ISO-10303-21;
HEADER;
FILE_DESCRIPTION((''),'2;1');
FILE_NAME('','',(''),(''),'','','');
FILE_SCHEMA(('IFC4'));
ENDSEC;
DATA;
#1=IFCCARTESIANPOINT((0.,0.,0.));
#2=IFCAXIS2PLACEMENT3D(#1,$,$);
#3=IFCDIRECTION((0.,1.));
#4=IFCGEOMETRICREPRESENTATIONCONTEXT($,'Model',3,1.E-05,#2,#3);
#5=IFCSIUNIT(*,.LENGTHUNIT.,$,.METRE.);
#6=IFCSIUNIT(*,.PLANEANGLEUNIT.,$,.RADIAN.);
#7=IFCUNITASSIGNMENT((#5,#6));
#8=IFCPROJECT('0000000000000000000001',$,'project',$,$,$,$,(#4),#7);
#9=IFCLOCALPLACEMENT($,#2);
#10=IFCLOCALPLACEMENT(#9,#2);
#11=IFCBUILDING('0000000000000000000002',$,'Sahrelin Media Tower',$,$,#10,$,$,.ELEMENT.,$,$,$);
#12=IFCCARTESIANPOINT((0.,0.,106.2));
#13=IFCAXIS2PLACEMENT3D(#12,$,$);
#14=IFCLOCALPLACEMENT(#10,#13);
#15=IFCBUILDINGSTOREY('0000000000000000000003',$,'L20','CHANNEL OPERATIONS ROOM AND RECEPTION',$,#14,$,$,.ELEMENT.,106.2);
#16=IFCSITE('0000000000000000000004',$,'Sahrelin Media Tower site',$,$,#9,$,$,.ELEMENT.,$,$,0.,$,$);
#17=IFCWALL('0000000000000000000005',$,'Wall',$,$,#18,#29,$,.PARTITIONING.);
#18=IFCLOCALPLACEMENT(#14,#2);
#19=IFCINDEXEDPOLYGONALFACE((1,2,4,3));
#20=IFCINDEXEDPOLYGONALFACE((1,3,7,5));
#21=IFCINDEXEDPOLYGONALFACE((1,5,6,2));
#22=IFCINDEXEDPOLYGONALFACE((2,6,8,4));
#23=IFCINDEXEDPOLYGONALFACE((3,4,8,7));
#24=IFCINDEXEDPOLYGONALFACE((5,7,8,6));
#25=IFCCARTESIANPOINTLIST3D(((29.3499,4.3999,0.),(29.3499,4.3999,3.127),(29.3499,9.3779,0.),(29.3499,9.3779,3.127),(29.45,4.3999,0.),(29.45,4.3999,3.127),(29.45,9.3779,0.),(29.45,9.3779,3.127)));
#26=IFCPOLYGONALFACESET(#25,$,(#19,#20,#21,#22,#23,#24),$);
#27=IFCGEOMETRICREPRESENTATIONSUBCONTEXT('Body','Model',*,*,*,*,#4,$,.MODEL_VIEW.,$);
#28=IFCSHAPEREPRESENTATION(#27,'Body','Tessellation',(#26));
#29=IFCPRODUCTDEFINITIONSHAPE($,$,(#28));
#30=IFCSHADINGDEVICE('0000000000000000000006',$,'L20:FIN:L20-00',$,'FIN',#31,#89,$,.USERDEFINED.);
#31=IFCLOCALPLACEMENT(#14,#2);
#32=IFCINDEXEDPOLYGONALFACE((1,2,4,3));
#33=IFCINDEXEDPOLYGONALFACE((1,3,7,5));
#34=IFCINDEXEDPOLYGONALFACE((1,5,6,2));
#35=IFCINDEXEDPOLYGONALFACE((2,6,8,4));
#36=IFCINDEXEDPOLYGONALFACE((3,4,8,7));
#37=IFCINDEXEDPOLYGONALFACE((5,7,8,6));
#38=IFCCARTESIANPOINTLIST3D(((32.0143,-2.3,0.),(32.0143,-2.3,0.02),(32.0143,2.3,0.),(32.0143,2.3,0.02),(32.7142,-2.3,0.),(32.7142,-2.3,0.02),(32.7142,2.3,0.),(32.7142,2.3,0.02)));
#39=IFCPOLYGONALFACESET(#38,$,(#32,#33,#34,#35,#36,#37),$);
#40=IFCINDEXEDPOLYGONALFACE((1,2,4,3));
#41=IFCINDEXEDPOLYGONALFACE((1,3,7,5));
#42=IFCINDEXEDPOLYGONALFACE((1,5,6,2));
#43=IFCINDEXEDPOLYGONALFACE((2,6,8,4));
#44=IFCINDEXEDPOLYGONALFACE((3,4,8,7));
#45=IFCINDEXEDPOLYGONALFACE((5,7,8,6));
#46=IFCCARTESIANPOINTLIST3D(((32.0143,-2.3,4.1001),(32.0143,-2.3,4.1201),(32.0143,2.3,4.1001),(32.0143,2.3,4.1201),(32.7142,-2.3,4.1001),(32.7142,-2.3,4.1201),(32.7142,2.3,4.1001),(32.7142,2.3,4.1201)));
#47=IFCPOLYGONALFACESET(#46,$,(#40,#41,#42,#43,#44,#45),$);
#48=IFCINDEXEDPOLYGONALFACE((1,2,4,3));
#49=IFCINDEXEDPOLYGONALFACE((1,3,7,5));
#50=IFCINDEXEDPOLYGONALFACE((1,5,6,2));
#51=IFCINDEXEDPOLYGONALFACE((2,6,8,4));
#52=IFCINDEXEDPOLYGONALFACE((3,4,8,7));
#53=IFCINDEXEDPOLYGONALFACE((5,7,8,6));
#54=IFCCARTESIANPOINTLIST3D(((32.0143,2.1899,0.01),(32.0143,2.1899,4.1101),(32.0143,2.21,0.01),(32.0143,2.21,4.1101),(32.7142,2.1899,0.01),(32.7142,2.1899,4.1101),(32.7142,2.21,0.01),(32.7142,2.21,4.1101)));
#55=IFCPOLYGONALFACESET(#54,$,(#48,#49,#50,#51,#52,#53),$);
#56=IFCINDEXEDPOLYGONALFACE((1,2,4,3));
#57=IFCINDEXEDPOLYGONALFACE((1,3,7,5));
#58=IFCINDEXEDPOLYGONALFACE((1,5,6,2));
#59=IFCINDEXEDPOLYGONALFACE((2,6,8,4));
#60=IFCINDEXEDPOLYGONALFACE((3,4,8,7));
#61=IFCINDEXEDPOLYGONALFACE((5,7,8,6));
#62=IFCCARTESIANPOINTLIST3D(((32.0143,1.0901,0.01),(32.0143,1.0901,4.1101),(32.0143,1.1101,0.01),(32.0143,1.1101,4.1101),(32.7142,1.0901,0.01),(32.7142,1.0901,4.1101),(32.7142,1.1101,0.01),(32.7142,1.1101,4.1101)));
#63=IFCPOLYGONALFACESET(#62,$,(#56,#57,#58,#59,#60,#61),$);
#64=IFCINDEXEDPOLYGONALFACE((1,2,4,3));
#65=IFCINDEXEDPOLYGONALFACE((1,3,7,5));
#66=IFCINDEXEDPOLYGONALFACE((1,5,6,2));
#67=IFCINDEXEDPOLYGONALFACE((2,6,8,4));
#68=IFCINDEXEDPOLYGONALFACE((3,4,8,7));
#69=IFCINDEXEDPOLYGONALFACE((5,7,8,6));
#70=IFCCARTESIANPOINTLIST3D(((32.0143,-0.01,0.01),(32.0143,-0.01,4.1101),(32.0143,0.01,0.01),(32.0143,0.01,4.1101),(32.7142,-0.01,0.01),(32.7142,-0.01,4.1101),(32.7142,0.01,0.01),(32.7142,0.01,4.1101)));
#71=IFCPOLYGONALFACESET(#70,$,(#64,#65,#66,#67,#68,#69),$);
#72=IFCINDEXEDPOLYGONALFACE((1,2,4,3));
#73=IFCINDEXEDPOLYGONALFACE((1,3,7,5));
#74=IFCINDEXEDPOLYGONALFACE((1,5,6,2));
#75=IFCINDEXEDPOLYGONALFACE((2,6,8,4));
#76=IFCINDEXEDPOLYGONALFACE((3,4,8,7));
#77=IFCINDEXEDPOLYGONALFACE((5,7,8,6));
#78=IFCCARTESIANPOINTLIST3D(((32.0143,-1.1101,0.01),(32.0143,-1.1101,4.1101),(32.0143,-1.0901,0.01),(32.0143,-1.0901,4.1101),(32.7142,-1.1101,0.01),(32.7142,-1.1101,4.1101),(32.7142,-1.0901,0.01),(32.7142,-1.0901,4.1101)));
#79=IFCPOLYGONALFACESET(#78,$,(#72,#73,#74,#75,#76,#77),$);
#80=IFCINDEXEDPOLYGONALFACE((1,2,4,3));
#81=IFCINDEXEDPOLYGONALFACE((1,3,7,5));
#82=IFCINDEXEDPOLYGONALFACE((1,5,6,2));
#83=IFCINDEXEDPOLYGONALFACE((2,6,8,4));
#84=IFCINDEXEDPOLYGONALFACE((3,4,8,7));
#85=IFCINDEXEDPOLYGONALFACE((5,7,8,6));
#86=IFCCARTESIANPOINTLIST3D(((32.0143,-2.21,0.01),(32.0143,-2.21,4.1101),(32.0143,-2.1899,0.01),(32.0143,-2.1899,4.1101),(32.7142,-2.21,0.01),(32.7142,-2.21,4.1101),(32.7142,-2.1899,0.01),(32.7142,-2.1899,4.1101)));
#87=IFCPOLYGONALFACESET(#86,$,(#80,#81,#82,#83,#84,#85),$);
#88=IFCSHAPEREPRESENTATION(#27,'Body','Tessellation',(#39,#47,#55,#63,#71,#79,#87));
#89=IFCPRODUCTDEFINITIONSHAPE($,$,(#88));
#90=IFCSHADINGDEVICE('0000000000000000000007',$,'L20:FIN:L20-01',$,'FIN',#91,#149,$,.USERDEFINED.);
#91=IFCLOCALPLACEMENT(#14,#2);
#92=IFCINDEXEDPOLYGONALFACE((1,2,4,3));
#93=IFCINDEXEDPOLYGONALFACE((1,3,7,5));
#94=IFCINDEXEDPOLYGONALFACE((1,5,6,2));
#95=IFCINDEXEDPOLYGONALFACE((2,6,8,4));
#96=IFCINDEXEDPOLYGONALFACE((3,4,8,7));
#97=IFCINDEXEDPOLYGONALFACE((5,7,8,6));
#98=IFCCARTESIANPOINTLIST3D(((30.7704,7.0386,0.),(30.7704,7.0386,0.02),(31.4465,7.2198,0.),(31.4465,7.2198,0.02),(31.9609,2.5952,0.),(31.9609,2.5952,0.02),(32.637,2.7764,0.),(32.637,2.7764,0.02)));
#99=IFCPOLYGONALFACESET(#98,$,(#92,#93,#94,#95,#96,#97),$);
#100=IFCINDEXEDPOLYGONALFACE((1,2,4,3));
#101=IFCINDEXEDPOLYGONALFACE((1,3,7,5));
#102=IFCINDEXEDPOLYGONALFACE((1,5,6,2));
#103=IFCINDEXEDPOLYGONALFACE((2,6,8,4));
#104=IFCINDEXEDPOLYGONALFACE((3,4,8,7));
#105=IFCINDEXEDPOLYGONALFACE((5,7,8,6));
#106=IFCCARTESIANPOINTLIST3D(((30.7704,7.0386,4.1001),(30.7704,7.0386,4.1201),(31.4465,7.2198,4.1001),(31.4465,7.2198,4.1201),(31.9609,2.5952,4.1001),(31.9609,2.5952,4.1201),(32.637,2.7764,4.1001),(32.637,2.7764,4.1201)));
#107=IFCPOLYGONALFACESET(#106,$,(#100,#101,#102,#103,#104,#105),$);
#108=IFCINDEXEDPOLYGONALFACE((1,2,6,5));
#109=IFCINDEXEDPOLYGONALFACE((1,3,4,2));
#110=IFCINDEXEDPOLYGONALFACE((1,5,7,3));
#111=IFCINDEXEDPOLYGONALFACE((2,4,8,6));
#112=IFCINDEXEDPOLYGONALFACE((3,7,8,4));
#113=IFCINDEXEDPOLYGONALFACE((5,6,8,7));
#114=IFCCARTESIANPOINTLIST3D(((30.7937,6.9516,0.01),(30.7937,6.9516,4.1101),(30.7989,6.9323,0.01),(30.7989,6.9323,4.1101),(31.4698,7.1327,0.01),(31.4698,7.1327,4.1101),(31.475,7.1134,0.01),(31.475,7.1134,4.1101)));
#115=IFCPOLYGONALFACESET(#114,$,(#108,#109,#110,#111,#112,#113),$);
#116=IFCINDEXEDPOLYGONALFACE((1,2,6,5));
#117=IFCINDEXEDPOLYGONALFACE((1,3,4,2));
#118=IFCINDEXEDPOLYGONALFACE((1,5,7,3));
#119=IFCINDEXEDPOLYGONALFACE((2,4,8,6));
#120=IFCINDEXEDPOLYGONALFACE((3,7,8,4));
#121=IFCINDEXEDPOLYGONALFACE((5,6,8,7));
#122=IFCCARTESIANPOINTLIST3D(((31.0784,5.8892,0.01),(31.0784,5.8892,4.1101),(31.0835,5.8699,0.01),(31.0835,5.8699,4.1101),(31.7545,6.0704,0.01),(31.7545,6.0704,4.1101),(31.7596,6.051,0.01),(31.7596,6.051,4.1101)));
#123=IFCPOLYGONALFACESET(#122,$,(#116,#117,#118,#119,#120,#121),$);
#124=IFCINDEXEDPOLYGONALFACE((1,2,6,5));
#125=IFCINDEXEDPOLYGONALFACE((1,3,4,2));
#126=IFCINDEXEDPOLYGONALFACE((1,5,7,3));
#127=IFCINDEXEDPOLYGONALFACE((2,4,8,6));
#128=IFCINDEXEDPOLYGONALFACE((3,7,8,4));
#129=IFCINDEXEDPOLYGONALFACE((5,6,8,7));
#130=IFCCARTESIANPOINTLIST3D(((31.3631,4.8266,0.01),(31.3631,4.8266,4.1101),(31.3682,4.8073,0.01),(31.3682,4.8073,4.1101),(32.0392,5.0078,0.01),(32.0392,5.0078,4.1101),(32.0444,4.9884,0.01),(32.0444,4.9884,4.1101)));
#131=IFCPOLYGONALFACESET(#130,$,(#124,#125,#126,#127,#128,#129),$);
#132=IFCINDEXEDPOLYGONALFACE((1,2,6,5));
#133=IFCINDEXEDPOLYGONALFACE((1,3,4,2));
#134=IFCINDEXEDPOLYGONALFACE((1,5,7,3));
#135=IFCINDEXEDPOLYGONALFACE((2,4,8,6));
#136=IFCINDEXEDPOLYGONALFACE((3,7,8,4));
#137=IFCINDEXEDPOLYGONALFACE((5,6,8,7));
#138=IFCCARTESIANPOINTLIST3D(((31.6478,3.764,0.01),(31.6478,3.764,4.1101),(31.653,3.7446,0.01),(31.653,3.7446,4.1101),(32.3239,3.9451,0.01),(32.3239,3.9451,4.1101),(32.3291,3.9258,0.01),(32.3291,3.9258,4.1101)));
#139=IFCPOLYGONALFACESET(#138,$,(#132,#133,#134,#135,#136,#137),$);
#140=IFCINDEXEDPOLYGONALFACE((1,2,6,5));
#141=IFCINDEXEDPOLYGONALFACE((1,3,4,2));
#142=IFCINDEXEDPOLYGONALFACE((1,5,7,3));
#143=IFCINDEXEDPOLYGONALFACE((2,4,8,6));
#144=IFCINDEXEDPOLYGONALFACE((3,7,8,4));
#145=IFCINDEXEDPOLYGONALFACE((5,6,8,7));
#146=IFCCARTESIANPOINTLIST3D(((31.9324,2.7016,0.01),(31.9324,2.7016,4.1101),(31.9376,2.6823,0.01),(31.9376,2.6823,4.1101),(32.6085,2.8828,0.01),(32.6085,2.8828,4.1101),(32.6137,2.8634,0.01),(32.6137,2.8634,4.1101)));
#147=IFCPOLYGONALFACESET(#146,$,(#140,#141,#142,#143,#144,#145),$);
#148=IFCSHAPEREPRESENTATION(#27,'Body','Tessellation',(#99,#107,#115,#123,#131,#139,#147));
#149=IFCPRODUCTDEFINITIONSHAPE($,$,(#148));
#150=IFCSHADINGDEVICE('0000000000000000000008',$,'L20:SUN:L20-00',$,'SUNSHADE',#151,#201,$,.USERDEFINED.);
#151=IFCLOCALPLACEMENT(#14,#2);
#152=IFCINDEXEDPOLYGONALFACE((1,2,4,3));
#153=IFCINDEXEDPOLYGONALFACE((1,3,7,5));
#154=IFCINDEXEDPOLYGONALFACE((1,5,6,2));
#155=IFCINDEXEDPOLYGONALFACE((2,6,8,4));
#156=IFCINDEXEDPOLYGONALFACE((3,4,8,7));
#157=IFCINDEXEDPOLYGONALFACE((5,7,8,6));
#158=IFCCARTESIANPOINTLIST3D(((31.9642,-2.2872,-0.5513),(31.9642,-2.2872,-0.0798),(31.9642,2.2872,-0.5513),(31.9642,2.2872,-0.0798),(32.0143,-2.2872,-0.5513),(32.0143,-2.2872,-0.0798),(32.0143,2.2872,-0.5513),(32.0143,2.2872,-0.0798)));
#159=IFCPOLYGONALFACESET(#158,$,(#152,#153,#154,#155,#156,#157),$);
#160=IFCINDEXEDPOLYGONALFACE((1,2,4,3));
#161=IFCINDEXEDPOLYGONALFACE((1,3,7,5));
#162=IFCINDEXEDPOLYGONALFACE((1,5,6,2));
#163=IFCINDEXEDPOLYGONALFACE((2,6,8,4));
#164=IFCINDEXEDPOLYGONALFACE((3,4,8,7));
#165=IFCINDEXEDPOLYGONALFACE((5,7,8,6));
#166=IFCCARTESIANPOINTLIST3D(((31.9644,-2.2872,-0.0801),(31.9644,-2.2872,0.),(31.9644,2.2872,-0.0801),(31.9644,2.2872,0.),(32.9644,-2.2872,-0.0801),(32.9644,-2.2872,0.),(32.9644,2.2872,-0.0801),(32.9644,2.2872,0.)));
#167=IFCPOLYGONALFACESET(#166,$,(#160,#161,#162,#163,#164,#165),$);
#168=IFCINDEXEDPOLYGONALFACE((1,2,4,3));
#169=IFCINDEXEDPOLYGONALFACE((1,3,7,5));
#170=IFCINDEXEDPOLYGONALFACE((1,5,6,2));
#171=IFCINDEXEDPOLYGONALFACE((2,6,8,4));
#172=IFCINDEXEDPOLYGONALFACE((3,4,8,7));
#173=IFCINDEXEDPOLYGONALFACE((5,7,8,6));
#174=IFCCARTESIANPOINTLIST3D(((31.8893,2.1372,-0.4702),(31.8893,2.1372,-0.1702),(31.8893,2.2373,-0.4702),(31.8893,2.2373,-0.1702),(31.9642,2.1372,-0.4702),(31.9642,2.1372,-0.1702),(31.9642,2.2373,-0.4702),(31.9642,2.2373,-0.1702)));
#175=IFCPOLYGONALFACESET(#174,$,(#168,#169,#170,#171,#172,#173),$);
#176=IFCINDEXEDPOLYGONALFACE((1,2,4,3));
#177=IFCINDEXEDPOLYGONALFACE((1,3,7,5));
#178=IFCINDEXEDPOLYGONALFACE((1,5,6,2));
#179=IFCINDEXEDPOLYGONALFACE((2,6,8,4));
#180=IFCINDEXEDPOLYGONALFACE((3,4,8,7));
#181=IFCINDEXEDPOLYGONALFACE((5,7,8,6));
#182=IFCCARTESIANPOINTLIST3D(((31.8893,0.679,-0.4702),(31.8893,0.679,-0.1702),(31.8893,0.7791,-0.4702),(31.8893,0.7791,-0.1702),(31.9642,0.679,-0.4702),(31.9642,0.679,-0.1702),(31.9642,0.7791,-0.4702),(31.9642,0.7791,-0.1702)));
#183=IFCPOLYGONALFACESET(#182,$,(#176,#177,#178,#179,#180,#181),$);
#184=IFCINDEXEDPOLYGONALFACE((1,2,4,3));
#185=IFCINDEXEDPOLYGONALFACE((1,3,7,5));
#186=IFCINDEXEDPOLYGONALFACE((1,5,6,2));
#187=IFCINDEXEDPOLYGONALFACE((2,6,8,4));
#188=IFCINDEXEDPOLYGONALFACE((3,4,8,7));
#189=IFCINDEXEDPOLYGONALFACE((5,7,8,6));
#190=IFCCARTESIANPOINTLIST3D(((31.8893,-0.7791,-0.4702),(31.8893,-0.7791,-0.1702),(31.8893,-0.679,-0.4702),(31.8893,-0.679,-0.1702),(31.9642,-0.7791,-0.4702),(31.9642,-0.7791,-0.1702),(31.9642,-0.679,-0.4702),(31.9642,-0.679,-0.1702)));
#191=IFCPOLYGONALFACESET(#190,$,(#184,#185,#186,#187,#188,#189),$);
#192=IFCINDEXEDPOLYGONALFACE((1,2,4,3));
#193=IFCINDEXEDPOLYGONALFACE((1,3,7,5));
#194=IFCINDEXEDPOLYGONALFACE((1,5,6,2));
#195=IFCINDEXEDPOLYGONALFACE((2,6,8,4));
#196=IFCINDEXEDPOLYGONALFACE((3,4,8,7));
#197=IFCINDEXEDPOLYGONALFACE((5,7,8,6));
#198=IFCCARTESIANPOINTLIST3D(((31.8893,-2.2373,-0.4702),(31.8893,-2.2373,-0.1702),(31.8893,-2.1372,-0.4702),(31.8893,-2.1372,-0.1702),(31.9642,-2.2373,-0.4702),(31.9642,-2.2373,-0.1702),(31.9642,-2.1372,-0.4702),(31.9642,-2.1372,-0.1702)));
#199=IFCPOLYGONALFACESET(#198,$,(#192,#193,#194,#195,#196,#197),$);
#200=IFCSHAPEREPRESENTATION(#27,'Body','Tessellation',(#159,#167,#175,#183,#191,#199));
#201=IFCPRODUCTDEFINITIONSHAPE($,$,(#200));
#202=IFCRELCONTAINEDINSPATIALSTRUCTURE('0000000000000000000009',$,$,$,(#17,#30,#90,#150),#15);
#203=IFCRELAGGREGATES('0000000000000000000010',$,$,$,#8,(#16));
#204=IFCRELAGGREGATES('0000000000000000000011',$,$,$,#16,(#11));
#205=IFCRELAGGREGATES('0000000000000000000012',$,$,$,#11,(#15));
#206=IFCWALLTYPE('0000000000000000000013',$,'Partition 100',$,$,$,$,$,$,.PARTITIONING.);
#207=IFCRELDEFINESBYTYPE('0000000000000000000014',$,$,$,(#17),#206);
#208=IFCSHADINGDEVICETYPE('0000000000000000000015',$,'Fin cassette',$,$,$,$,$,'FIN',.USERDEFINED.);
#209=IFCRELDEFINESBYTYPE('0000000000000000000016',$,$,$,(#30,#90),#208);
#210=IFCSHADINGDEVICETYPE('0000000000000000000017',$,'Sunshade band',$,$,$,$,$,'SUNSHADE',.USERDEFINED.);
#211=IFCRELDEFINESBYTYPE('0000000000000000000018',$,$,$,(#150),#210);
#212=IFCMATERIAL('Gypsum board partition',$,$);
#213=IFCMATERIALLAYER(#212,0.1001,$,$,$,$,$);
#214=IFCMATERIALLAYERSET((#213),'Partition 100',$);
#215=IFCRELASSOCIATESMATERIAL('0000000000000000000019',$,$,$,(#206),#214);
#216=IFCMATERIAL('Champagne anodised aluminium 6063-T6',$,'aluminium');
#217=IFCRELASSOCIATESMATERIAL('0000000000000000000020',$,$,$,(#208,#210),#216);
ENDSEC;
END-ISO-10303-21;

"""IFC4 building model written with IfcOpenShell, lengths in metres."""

from ifc_helpers import new_model, si_unit, direction, frame, frame_2d, origin, origin_2d, place, context, subcontext, project, spatial, rectangle, extrude, material, layer, layer_set, type_object, element, save


model = new_model("IFC4")

# Units and contexts
model_context = context("Model", 3, precision=1e-05, world=origin(), true_north=direction((0.0, 1.0)))
body_context = subcontext(model_context, "Body", "Model", "MODEL_VIEW")
ifc_project = project(units=[si_unit("LENGTHUNIT", "METRE"), si_unit("PLANEANGLEUNIT", "RADIAN")], contexts=[model_context])

# Site, building, storey
site_placement = place(None, origin())
site = spatial("IfcSite", under=ifc_project, at=site_placement, Name="Sahrelin Media Tower site", CompositionType="ELEMENT", RefElevation=0.0)
building_placement = place(site_placement, origin())
building = spatial("IfcBuilding", under=site, at=building_placement, Name="Sahrelin Media Tower", CompositionType="ELEMENT")
storey_placement = place(building_placement, frame((0.0, 0.0, 106.2)))
storey = spatial("IfcBuildingStorey", under=building, at=storey_placement, Name="L20", Description="CHANNEL OPERATIONS ROOM AND RECEPTION", CompositionType="ELEMENT", Elevation=106.2)

# Shared definitions
ifc_material_1 = material(Name="Champagne anodised aluminium 6063-T6", Category="aluminium")

# Shared definitions
ifc_material_2 = material(Name="Gypsum board partition")
ifc_layer_1 = layer(ifc_material_2, 0.1001)
ifc_layer_set_1 = layer_set([ifc_layer_1], Name="Partition 100")
wall_type_1 = type_object("IfcWallType", Name="Partition 100", PredefinedType="PARTITIONING", material=ifc_layer_set_1)

# Wall
wall_1_placement = place(storey_placement, frame((29.3999, 4.3999, 0.0), z_axis=(0.0, 0.0, 1.0), x_axis=(0.0, 1.0, 0.0)))
element("IfcWall", 1, at=wall_1_placement, inside=storey, type_object=wall_type_1, Name="Wall", PredefinedType="PARTITIONING", context=body_context, shape_type="SweptSolid", body=[
    extrude(rectangle(XDim=4.978, YDim=0.1001, at=frame_2d((2.489, 0.0))), origin(), (0.0, 0.0, 1.0), 3.127),
])

# Shading devices
shading_device_type_1 = type_object("IfcShadingDeviceType", Name="Fin cassette", ElementType="FIN", PredefinedType="USERDEFINED", material=ifc_material_1)
placement_1 = place(storey_placement, frame((31.9443, 0.0, 0.0), z_axis=(0.0, 0.0, 1.0), x_axis=(0.0, -1.0, 0.0)))
element("IfcShadingDevice", 2, at=placement_1, inside=storey, type_object=shading_device_type_1, Name="L20:FIN:L20-00", ObjectType="FIN", PredefinedType="USERDEFINED", context=body_context, shape_type="SweptSolid", body=[
    extrude(rectangle(XDim=4.6001, YDim=0.7, at=origin_2d()), frame((0.0, 0.4199, 0.0)), (0.0, 0.0, 1.0), 0.02),
    extrude(rectangle(XDim=4.6001, YDim=0.7, at=origin_2d()), frame((0.0, 0.4199, 4.1001)), (0.0, 0.0, 1.0), 0.02),
    extrude(rectangle(XDim=0.02, YDim=0.7, at=origin_2d()), frame((-2.2, 0.4199, 0.01), z_axis=(0.0, 0.0, 1.0), x_axis=(1.0, 0.0, 0.0)), (0.0, 0.0, 1.0), 4.1001),
    extrude(rectangle(XDim=0.02, YDim=0.7, at=origin_2d()), frame((-1.1001, 0.4199, 0.01), z_axis=(0.0, 0.0, 1.0), x_axis=(1.0, 0.0, 0.0)), (0.0, 0.0, 1.0), 4.1001),
    extrude(rectangle(XDim=0.02, YDim=0.7, at=origin_2d()), frame((0.0, 0.4199, 0.01), z_axis=(0.0, 0.0, 1.0), x_axis=(1.0, 0.0, 0.0)), (0.0, 0.0, 1.0), 4.1001),
    extrude(rectangle(XDim=0.02, YDim=0.7, at=origin_2d()), frame((1.1001, 0.4199, 0.01), z_axis=(0.0, 0.0, 1.0), x_axis=(1.0, 0.0, 0.0)), (0.0, 0.0, 1.0), 4.1001),
    extrude(rectangle(XDim=0.02, YDim=0.7, at=origin_2d()), frame((2.2, 0.4199, 0.01), z_axis=(0.0, 0.0, 1.0), x_axis=(1.0, 0.0, 0.0)), (0.0, 0.0, 1.0), 4.1001),
])
placement_2 = place(storey_placement, frame((31.2981, 4.7988, 0.0), z_axis=(0.0, 0.0, 1.0), x_axis=(0.258808, -0.965929, 0.0)))
element("IfcShadingDevice", 3, at=placement_2, inside=storey, type_object=shading_device_type_1, Name="L20:FIN:L20-01", ObjectType="FIN", PredefinedType="USERDEFINED", context=body_context, shape_type="SweptSolid", body=[
    extrude(rectangle(XDim=4.6001, YDim=0.7, at=origin_2d()), frame((0.0, 0.4199, 0.0)), (0.0, 0.0, 1.0), 0.02),
    extrude(rectangle(XDim=4.6001, YDim=0.7, at=origin_2d()), frame((0.0, 0.4199, 4.1001)), (0.0, 0.0, 1.0), 0.02),
    extrude(rectangle(XDim=0.02, YDim=0.7, at=origin_2d()), frame((-2.2, 0.4199, 0.01), z_axis=(0.0, 0.0, 1.0), x_axis=(1.0, 0.0, 0.0)), (0.0, 0.0, 1.0), 4.1001),
    extrude(rectangle(XDim=0.02, YDim=0.7, at=origin_2d()), frame((-1.1001, 0.4199, 0.01), z_axis=(0.0, 0.0, 1.0), x_axis=(1.0, 0.0, 0.0)), (0.0, 0.0, 1.0), 4.1001),
    extrude(rectangle(XDim=0.02, YDim=0.7, at=origin_2d()), frame((0.0, 0.4199, 0.01), z_axis=(0.0, 0.0, 1.0), x_axis=(1.0, 0.0, 0.0)), (0.0, 0.0, 1.0), 4.1001),
    extrude(rectangle(XDim=0.02, YDim=0.7, at=origin_2d()), frame((1.1001, 0.4199, 0.01), z_axis=(0.0, 0.0, 1.0), x_axis=(1.0, 0.0, 0.0)), (0.0, 0.0, 1.0), 4.1001),
    extrude(rectangle(XDim=0.02, YDim=0.7, at=origin_2d()), frame((2.2, 0.4199, 0.01), z_axis=(0.0, 0.0, 1.0), x_axis=(1.0, 0.0, 0.0)), (0.0, 0.0, 1.0), 4.1001),
])
shading_device_type_2 = type_object("IfcShadingDeviceType", Name="Sunshade band", ElementType="SUNSHADE", PredefinedType="USERDEFINED", material=ifc_material_1)
element("IfcShadingDevice", 4, at=placement_1, inside=storey, type_object=shading_device_type_2, Name="L20:SUN:L20-00", ObjectType="SUNSHADE", PredefinedType="USERDEFINED", context=body_context, shape_type="SweptSolid", body=[
    extrude(rectangle(XDim=4.5745, YDim=0.05, at=origin_2d()), frame((0.0, 0.0449, -0.5513)), (0.0, 0.0, 1.0), 0.4714),
    extrude(rectangle(XDim=4.5745, YDim=1.0, at=origin_2d()), frame((0.0, 0.52, -0.0801)), (0.0, 0.0, 1.0), 0.0801),
    extrude(rectangle(XDim=0.1001, YDim=0.075, at=origin_2d()), frame((-2.1873, -0.0176, -0.4702)), (0.0, 0.0, 1.0), 0.3),
    extrude(rectangle(XDim=0.1001, YDim=0.075, at=origin_2d()), frame((-0.729, -0.0176, -0.4702)), (0.0, 0.0, 1.0), 0.3),
    extrude(rectangle(XDim=0.1001, YDim=0.075, at=origin_2d()), frame((0.729, -0.0176, -0.4702)), (0.0, 0.0, 1.0), 0.3),
    extrude(rectangle(XDim=0.1001, YDim=0.075, at=origin_2d()), frame((2.1873, -0.0176, -0.4702)), (0.0, 0.0, 1.0), 0.3),
])

save(model, "model.ifc")
